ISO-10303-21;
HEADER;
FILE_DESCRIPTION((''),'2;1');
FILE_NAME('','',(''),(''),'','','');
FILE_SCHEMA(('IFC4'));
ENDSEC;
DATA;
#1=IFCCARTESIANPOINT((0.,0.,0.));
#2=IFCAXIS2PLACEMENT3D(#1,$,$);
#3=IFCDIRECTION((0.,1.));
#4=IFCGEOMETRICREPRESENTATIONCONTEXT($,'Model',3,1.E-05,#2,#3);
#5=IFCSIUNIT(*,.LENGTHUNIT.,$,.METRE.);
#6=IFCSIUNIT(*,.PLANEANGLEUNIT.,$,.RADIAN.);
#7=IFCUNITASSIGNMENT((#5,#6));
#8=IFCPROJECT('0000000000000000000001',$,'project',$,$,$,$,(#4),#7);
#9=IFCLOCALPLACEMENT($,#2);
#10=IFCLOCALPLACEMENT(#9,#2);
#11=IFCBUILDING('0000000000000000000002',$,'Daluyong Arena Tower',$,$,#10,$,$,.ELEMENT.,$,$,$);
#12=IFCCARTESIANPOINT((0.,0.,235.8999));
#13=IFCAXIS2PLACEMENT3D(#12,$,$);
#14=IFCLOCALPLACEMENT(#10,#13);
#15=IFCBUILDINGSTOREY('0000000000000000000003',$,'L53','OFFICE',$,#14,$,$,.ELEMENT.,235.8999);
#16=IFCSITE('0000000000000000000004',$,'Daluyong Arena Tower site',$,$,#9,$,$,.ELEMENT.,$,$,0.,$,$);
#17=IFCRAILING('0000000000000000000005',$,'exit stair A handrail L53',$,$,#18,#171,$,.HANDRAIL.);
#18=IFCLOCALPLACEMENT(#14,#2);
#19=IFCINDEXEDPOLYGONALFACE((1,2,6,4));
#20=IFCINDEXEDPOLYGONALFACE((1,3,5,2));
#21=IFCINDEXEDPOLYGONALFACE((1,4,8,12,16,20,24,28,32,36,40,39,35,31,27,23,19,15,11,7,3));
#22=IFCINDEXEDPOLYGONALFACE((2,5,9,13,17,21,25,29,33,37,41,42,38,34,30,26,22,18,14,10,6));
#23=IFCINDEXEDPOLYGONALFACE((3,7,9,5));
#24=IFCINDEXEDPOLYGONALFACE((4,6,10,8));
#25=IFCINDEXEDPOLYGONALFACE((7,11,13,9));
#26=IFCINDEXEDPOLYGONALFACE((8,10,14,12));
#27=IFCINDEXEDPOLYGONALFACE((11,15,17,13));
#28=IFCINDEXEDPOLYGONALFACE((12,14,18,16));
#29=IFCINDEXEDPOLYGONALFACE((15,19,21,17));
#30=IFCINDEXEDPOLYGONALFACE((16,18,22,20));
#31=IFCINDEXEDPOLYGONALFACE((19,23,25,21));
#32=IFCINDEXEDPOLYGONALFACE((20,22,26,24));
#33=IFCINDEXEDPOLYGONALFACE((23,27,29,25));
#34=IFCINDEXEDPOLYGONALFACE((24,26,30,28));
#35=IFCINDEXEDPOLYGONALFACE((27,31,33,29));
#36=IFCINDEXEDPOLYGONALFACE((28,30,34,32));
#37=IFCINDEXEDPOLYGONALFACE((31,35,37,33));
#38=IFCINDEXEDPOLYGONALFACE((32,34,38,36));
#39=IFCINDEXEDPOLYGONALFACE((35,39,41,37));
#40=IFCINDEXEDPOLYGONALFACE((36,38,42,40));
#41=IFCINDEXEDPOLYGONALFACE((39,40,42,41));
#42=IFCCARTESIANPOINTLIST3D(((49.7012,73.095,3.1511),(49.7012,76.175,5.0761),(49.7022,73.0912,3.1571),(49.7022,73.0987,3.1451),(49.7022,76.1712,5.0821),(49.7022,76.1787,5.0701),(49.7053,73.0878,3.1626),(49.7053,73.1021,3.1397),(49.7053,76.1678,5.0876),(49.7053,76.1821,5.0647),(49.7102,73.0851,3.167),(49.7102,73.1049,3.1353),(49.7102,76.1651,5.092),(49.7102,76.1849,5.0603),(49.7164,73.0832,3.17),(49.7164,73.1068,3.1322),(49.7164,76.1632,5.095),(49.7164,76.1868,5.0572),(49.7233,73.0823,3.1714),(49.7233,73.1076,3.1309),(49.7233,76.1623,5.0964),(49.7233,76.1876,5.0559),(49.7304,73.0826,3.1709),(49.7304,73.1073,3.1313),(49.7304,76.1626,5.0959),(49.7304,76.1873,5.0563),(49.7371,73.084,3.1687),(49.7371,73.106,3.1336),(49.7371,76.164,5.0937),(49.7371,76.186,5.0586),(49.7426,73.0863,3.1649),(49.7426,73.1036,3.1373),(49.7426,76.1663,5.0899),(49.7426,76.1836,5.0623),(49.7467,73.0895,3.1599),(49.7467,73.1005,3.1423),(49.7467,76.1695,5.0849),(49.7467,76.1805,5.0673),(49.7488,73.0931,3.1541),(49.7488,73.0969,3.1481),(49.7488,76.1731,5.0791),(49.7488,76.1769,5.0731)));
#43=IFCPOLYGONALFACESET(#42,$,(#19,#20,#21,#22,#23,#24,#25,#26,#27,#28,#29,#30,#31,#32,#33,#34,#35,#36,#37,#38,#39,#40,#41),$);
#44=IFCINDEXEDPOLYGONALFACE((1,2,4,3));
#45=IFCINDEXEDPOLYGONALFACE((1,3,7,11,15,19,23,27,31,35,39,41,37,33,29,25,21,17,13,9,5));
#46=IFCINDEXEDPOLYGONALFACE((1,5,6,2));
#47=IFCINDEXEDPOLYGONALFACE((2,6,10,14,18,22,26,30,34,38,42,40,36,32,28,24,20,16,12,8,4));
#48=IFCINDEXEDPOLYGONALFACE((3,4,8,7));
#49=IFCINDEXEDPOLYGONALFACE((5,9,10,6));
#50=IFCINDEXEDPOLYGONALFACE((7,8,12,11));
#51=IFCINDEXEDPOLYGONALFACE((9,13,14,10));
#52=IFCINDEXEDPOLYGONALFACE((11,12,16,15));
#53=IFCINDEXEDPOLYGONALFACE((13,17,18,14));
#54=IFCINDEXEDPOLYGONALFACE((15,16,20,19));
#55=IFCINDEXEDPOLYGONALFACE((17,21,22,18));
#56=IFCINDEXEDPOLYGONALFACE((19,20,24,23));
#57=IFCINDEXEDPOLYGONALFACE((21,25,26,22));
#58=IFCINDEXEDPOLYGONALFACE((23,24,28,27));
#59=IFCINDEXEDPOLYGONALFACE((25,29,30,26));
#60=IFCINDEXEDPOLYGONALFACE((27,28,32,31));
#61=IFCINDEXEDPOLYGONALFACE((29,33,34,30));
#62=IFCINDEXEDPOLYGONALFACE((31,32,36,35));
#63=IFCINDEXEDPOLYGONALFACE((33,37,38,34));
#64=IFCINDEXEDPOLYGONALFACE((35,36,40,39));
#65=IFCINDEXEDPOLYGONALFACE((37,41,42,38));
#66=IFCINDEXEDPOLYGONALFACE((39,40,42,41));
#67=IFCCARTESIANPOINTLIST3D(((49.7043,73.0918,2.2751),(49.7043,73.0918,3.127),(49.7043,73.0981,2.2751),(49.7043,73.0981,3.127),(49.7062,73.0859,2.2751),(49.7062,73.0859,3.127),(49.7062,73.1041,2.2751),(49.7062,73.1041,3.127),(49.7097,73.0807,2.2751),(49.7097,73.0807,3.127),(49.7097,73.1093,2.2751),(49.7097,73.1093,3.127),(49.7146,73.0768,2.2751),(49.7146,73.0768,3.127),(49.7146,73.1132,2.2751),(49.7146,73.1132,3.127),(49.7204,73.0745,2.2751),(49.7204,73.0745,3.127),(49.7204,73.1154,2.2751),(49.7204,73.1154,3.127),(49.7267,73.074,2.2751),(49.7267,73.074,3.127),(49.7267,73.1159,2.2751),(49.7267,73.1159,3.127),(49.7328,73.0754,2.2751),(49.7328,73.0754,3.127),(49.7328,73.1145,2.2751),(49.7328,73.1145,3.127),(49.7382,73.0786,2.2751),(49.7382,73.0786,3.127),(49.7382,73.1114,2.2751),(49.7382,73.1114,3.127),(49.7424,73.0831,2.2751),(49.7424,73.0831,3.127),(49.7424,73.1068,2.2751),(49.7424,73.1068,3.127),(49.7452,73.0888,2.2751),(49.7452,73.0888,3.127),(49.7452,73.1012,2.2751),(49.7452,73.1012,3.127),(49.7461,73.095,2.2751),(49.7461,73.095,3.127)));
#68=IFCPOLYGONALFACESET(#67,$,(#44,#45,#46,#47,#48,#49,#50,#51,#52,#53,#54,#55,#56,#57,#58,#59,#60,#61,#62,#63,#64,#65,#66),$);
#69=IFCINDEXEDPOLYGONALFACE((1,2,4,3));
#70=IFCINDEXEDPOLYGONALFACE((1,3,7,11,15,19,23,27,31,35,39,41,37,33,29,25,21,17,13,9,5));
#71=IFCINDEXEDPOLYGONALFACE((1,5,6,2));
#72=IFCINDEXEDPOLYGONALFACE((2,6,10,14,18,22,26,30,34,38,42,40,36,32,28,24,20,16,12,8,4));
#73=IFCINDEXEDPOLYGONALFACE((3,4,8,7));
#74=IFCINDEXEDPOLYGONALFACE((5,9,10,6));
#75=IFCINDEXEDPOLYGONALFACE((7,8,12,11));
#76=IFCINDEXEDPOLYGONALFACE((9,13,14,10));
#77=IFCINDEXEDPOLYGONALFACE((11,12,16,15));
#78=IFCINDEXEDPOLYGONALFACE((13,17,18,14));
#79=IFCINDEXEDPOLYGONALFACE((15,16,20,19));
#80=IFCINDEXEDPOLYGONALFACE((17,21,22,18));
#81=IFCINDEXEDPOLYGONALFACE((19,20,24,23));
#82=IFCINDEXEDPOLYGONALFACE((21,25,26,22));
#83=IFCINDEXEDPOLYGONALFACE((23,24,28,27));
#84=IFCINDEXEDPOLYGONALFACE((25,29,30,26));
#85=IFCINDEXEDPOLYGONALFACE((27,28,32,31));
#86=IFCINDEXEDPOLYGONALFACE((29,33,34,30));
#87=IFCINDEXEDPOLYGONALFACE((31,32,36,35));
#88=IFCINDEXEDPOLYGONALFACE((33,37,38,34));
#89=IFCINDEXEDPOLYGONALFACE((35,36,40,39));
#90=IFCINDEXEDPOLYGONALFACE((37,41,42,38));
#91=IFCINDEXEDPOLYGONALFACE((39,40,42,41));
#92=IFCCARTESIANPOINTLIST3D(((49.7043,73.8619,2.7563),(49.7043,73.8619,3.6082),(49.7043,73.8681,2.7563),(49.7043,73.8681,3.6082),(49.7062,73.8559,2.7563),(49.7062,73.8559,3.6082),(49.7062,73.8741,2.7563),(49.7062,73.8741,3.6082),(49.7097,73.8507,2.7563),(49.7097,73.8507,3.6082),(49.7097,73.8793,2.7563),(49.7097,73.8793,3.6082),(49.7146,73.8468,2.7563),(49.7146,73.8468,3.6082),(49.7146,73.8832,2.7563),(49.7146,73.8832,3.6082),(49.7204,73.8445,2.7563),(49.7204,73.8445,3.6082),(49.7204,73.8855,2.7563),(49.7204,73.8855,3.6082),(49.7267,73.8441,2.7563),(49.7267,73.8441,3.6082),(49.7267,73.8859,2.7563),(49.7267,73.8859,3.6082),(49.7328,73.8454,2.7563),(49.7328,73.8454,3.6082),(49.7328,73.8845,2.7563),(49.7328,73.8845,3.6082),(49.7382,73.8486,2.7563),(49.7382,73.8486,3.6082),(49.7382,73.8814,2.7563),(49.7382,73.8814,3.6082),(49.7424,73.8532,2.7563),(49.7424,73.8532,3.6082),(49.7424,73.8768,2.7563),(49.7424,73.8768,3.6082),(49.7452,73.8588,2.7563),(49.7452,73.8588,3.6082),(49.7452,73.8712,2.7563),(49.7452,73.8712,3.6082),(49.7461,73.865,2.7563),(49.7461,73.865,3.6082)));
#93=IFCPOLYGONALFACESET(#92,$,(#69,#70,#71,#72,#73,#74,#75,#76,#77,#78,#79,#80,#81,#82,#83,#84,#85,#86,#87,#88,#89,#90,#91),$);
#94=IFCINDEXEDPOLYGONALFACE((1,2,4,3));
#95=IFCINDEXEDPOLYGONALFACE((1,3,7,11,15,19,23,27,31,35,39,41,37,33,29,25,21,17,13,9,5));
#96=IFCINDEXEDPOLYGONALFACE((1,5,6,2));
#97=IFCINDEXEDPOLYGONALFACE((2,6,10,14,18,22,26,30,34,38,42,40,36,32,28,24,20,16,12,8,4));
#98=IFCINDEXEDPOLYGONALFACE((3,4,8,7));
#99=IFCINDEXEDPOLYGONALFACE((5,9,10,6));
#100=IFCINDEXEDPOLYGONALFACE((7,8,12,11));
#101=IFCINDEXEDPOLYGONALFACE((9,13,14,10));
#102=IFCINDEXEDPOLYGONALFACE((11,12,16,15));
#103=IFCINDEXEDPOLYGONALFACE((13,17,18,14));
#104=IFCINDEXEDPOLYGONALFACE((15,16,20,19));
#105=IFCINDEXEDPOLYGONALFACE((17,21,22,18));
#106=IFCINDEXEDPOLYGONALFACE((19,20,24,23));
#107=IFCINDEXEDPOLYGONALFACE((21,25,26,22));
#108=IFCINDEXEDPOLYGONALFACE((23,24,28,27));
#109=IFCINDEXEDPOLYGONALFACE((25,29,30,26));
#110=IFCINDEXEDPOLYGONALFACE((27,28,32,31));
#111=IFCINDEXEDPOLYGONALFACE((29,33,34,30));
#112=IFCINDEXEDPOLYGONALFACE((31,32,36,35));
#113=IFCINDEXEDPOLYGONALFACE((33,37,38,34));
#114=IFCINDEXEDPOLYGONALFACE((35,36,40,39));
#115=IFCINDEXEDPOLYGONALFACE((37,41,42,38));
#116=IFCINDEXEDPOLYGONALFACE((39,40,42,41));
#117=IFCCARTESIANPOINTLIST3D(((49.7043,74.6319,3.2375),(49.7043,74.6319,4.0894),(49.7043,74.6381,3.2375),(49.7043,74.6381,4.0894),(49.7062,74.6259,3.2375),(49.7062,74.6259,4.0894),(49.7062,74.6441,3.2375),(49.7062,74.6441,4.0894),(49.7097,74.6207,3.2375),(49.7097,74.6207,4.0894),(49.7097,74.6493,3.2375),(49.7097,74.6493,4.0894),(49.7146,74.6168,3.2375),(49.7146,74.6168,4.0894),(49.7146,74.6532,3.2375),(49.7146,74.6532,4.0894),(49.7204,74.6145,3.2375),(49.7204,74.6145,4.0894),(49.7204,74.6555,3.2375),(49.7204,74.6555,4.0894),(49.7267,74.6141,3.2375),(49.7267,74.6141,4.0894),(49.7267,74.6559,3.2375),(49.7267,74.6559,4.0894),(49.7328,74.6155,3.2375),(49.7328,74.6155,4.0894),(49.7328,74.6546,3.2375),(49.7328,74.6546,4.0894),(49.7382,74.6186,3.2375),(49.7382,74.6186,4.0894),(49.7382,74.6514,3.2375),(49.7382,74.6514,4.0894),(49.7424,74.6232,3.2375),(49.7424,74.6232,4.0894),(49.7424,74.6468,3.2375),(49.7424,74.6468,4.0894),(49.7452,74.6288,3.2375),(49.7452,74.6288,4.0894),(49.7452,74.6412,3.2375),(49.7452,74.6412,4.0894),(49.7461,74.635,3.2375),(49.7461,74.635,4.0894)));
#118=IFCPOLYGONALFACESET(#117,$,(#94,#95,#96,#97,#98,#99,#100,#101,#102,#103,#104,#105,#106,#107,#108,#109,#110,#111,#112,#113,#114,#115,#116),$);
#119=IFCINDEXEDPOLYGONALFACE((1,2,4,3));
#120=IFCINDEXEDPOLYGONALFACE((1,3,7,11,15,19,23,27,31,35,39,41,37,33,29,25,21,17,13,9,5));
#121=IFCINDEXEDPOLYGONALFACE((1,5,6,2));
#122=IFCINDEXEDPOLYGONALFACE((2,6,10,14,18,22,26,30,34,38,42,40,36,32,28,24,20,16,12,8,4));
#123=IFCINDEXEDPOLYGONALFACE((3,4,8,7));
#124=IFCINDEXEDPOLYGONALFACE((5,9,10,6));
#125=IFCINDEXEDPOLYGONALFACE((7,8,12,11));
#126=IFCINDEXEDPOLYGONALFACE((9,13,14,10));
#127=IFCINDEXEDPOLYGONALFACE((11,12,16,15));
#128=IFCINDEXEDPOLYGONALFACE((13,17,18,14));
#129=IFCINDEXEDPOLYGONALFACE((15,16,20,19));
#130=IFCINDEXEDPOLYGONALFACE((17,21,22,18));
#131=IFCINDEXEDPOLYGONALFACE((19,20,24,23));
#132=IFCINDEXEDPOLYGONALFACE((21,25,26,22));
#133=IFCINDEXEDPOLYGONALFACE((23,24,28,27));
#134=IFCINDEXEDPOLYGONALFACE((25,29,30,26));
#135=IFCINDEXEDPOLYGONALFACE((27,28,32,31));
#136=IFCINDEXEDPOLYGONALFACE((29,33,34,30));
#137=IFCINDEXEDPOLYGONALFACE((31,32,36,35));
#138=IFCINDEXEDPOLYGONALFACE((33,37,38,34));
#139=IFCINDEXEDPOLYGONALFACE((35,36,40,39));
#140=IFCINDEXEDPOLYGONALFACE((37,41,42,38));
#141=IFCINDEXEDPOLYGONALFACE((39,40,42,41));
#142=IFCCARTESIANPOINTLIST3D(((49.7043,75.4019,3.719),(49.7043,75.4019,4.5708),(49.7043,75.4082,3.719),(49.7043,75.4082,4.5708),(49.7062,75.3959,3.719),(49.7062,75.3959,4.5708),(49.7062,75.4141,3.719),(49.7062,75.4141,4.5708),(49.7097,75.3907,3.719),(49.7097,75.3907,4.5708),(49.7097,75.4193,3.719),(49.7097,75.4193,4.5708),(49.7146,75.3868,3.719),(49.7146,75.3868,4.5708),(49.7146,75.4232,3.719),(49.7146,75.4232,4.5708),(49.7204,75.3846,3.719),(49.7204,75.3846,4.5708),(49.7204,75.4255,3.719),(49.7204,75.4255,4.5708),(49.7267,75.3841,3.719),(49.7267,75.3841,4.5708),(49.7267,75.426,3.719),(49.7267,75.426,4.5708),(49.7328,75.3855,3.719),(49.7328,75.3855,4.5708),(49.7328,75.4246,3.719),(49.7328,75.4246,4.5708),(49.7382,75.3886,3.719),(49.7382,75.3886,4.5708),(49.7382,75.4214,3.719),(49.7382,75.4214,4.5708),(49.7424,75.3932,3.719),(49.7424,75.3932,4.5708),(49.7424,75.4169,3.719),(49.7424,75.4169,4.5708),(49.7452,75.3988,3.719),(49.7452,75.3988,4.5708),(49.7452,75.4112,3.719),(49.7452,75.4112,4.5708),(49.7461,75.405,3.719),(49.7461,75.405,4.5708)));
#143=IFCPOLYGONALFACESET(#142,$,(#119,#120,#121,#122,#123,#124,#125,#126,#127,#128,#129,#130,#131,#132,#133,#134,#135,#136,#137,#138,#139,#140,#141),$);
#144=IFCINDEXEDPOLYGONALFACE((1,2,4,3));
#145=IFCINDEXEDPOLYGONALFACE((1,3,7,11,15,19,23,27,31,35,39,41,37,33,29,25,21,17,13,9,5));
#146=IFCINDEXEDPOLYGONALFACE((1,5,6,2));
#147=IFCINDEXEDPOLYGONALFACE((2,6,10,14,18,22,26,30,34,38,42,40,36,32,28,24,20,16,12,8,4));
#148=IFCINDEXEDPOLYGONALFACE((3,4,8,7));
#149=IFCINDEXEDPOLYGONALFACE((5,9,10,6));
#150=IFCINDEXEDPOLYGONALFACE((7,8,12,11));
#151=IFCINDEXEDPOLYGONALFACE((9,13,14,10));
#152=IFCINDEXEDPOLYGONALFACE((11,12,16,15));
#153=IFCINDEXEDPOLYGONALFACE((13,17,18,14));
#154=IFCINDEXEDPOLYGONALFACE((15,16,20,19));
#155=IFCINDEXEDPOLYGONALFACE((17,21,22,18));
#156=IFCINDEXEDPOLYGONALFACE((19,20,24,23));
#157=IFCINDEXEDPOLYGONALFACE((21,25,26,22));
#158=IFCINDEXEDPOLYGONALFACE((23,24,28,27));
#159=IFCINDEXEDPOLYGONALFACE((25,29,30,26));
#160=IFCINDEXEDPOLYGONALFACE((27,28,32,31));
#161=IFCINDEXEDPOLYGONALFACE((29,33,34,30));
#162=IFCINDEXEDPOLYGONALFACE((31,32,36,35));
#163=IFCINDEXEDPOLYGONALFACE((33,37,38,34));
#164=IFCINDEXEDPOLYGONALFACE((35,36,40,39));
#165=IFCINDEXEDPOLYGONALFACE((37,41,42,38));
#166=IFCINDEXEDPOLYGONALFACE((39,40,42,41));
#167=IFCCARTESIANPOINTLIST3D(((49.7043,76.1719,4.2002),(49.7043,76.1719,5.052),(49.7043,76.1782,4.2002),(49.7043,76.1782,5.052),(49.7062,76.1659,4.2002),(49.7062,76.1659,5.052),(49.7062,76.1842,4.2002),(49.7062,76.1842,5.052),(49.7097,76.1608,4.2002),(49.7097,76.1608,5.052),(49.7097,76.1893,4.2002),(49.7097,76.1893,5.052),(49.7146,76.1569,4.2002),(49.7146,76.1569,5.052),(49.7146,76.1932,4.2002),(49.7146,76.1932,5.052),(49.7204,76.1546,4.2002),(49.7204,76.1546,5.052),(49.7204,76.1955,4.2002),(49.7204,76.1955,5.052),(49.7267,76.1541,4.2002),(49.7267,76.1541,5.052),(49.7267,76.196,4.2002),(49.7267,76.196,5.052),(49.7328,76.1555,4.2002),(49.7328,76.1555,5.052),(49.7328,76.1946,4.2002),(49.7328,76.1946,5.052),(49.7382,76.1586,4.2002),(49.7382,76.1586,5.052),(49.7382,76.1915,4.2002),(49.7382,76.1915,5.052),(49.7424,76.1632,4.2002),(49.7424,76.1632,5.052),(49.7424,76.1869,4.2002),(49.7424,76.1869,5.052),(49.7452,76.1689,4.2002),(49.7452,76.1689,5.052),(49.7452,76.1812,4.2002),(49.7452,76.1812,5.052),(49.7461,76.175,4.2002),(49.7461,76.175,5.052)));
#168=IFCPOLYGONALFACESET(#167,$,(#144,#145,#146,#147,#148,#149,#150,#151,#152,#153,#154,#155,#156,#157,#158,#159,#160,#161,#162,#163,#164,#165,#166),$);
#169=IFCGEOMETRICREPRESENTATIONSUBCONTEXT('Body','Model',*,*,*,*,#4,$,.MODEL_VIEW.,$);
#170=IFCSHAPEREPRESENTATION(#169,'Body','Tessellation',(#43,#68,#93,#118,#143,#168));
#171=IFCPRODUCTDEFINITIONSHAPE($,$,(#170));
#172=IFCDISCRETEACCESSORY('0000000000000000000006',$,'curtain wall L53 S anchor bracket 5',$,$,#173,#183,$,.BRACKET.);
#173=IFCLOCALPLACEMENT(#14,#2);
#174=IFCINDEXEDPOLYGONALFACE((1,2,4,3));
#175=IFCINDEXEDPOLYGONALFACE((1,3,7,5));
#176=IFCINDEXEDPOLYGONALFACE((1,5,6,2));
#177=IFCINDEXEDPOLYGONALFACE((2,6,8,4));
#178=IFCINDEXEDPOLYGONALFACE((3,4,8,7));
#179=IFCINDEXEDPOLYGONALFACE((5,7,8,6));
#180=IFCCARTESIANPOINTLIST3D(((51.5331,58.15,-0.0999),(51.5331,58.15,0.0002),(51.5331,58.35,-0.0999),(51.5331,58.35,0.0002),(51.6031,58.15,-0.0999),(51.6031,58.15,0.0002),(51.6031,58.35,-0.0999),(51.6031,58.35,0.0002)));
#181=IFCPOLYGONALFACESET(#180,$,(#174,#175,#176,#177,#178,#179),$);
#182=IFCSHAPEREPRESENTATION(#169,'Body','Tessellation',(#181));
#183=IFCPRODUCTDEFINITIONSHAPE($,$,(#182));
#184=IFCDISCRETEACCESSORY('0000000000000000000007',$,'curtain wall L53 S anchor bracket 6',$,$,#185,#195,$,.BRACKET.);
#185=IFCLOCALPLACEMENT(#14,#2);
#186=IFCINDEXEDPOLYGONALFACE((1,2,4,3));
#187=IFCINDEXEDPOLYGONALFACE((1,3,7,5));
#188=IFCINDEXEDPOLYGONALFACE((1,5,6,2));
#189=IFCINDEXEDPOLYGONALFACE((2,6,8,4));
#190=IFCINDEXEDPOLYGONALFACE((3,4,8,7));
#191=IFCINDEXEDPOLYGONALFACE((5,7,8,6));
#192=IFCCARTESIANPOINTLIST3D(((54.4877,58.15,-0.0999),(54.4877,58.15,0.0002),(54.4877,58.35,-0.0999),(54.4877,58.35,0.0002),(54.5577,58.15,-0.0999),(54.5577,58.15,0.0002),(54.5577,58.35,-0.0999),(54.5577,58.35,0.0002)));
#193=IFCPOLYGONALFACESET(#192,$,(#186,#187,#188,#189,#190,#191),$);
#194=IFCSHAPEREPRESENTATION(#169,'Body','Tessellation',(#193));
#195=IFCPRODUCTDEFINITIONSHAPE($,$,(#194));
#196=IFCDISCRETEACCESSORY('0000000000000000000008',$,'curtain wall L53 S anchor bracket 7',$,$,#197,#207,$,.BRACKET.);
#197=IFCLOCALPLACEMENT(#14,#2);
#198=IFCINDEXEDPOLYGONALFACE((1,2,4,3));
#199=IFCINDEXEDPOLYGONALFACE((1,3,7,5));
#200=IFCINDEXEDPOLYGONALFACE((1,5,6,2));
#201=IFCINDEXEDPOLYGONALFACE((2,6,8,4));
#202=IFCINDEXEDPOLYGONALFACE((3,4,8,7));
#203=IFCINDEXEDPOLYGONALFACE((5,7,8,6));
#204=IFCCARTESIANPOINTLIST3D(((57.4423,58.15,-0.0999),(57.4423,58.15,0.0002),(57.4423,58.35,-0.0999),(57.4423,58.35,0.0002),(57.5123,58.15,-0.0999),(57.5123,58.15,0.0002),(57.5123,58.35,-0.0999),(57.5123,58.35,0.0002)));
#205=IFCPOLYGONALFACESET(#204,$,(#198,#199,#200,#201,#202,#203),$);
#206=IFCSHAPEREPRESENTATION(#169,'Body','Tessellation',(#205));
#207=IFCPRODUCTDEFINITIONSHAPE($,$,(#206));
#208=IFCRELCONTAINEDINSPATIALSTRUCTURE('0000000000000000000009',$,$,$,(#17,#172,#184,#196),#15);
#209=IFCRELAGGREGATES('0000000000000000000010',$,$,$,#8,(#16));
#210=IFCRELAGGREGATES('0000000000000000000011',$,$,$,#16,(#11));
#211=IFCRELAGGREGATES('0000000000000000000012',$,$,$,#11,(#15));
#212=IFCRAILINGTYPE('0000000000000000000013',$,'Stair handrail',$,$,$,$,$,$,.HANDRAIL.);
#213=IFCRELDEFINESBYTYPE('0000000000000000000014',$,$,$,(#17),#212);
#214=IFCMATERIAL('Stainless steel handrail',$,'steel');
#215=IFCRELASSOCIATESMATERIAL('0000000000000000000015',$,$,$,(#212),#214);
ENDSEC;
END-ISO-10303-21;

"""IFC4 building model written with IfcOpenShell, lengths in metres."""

from ifc_helpers import new_model, si_unit, direction, frame, origin, origin_2d, place, context, subcontext, project, spatial, rectangle, circle, extrude, material, type_object, element, save


model = new_model("IFC4")

# Units and contexts
model_context = context("Model", 3, precision=1e-05, world=origin(), true_north=direction((0.0, 1.0)))
body_context = subcontext(model_context, "Body", "Model", "MODEL_VIEW")
ifc_project = project(units=[si_unit("LENGTHUNIT", "METRE"), si_unit("PLANEANGLEUNIT", "RADIAN")], contexts=[model_context])

# Site, building, storey
site_placement = place(None, origin())
site = spatial("IfcSite", under=ifc_project, at=site_placement, Name="Daluyong Arena Tower site", CompositionType="ELEMENT", RefElevation=0.0)
building_placement = place(site_placement, origin())
building = spatial("IfcBuilding", under=site, at=building_placement, Name="Daluyong Arena Tower", CompositionType="ELEMENT")
storey_placement = place(building_placement, frame((0.0, 0.0, 235.8999)))
storey = spatial("IfcBuildingStorey", under=building, at=storey_placement, Name="L53", Description="OFFICE", CompositionType="ELEMENT", Elevation=235.8999)

# Railing
ifc_material_1 = material(Name="Stainless steel handrail", Category="steel")
railing_type = type_object("IfcRailingType", Name="Stair handrail", PredefinedType="HANDRAIL", material=ifc_material_1)
railing_placement = place(storey_placement, frame((49.7251, 73.095, 2.2751)))
element("IfcRailing", 1, at=railing_placement, inside=storey, type_object=railing_type, Name="exit stair A handrail L53", PredefinedType="HANDRAIL", context=body_context, shape_type="SweptSolid", body=[
    extrude(circle(Radius=0.0239, at=origin_2d()), frame((0.0, 0.0, 0.876), z_axis=(0.0, 0.847998, 0.529999), x_axis=(-1.0, 0.0, 0.0)), (0.0, 0.0, 1.0), 3.6321),
    extrude(circle(Radius=0.021, at=origin_2d()), origin(), (0.0, 0.0, 1.0), 0.8518),
    extrude(circle(Radius=0.021, at=origin_2d()), frame((0.0, 0.77, 0.4812)), (0.0, 0.0, 1.0), 0.8518),
    extrude(circle(Radius=0.021, at=origin_2d()), frame((0.0, 1.54, 0.9624)), (0.0, 0.0, 1.0), 0.8518),
    extrude(circle(Radius=0.021, at=origin_2d()), frame((0.0, 2.3101, 1.4438)), (0.0, 0.0, 1.0), 0.8518),
    extrude(circle(Radius=0.021, at=origin_2d()), frame((0.0, 3.0801, 1.925)), (0.0, 0.0, 1.0), 0.8518),
])

# Discrete accessories
for number, where, z_axis, x_axis, name in (
    (2, (51.5681, 58.25, -0.0999), (0.0, 0.0, 1.0), (1.0, 0.0, 0.0), "curtain wall L53 S anchor bracket 5"),
    (3, (54.5227, 58.25, -0.0999), (0.0, 0.0, 1.0), (1.0, 0.0, 0.0), "curtain wall L53 S anchor bracket 6"),
    (4, (57.4773, 58.25, -0.0999), (0.0, 0.0, 1.0), (1.0, 0.0, 0.0), "curtain wall L53 S anchor bracket 7"),
):
    element("IfcDiscreteAccessory", number, at=place(storey_placement, frame(where, z_axis=z_axis, x_axis=x_axis)), inside=storey, Name=name, PredefinedType="BRACKET", context=body_context, shape_type="SweptSolid", body=[
        extrude(rectangle(XDim=0.0701, YDim=0.2, at=origin_2d()), origin(), (0.0, 0.0, 1.0), 0.1001),
    ])

save(model, "model.ifc")
